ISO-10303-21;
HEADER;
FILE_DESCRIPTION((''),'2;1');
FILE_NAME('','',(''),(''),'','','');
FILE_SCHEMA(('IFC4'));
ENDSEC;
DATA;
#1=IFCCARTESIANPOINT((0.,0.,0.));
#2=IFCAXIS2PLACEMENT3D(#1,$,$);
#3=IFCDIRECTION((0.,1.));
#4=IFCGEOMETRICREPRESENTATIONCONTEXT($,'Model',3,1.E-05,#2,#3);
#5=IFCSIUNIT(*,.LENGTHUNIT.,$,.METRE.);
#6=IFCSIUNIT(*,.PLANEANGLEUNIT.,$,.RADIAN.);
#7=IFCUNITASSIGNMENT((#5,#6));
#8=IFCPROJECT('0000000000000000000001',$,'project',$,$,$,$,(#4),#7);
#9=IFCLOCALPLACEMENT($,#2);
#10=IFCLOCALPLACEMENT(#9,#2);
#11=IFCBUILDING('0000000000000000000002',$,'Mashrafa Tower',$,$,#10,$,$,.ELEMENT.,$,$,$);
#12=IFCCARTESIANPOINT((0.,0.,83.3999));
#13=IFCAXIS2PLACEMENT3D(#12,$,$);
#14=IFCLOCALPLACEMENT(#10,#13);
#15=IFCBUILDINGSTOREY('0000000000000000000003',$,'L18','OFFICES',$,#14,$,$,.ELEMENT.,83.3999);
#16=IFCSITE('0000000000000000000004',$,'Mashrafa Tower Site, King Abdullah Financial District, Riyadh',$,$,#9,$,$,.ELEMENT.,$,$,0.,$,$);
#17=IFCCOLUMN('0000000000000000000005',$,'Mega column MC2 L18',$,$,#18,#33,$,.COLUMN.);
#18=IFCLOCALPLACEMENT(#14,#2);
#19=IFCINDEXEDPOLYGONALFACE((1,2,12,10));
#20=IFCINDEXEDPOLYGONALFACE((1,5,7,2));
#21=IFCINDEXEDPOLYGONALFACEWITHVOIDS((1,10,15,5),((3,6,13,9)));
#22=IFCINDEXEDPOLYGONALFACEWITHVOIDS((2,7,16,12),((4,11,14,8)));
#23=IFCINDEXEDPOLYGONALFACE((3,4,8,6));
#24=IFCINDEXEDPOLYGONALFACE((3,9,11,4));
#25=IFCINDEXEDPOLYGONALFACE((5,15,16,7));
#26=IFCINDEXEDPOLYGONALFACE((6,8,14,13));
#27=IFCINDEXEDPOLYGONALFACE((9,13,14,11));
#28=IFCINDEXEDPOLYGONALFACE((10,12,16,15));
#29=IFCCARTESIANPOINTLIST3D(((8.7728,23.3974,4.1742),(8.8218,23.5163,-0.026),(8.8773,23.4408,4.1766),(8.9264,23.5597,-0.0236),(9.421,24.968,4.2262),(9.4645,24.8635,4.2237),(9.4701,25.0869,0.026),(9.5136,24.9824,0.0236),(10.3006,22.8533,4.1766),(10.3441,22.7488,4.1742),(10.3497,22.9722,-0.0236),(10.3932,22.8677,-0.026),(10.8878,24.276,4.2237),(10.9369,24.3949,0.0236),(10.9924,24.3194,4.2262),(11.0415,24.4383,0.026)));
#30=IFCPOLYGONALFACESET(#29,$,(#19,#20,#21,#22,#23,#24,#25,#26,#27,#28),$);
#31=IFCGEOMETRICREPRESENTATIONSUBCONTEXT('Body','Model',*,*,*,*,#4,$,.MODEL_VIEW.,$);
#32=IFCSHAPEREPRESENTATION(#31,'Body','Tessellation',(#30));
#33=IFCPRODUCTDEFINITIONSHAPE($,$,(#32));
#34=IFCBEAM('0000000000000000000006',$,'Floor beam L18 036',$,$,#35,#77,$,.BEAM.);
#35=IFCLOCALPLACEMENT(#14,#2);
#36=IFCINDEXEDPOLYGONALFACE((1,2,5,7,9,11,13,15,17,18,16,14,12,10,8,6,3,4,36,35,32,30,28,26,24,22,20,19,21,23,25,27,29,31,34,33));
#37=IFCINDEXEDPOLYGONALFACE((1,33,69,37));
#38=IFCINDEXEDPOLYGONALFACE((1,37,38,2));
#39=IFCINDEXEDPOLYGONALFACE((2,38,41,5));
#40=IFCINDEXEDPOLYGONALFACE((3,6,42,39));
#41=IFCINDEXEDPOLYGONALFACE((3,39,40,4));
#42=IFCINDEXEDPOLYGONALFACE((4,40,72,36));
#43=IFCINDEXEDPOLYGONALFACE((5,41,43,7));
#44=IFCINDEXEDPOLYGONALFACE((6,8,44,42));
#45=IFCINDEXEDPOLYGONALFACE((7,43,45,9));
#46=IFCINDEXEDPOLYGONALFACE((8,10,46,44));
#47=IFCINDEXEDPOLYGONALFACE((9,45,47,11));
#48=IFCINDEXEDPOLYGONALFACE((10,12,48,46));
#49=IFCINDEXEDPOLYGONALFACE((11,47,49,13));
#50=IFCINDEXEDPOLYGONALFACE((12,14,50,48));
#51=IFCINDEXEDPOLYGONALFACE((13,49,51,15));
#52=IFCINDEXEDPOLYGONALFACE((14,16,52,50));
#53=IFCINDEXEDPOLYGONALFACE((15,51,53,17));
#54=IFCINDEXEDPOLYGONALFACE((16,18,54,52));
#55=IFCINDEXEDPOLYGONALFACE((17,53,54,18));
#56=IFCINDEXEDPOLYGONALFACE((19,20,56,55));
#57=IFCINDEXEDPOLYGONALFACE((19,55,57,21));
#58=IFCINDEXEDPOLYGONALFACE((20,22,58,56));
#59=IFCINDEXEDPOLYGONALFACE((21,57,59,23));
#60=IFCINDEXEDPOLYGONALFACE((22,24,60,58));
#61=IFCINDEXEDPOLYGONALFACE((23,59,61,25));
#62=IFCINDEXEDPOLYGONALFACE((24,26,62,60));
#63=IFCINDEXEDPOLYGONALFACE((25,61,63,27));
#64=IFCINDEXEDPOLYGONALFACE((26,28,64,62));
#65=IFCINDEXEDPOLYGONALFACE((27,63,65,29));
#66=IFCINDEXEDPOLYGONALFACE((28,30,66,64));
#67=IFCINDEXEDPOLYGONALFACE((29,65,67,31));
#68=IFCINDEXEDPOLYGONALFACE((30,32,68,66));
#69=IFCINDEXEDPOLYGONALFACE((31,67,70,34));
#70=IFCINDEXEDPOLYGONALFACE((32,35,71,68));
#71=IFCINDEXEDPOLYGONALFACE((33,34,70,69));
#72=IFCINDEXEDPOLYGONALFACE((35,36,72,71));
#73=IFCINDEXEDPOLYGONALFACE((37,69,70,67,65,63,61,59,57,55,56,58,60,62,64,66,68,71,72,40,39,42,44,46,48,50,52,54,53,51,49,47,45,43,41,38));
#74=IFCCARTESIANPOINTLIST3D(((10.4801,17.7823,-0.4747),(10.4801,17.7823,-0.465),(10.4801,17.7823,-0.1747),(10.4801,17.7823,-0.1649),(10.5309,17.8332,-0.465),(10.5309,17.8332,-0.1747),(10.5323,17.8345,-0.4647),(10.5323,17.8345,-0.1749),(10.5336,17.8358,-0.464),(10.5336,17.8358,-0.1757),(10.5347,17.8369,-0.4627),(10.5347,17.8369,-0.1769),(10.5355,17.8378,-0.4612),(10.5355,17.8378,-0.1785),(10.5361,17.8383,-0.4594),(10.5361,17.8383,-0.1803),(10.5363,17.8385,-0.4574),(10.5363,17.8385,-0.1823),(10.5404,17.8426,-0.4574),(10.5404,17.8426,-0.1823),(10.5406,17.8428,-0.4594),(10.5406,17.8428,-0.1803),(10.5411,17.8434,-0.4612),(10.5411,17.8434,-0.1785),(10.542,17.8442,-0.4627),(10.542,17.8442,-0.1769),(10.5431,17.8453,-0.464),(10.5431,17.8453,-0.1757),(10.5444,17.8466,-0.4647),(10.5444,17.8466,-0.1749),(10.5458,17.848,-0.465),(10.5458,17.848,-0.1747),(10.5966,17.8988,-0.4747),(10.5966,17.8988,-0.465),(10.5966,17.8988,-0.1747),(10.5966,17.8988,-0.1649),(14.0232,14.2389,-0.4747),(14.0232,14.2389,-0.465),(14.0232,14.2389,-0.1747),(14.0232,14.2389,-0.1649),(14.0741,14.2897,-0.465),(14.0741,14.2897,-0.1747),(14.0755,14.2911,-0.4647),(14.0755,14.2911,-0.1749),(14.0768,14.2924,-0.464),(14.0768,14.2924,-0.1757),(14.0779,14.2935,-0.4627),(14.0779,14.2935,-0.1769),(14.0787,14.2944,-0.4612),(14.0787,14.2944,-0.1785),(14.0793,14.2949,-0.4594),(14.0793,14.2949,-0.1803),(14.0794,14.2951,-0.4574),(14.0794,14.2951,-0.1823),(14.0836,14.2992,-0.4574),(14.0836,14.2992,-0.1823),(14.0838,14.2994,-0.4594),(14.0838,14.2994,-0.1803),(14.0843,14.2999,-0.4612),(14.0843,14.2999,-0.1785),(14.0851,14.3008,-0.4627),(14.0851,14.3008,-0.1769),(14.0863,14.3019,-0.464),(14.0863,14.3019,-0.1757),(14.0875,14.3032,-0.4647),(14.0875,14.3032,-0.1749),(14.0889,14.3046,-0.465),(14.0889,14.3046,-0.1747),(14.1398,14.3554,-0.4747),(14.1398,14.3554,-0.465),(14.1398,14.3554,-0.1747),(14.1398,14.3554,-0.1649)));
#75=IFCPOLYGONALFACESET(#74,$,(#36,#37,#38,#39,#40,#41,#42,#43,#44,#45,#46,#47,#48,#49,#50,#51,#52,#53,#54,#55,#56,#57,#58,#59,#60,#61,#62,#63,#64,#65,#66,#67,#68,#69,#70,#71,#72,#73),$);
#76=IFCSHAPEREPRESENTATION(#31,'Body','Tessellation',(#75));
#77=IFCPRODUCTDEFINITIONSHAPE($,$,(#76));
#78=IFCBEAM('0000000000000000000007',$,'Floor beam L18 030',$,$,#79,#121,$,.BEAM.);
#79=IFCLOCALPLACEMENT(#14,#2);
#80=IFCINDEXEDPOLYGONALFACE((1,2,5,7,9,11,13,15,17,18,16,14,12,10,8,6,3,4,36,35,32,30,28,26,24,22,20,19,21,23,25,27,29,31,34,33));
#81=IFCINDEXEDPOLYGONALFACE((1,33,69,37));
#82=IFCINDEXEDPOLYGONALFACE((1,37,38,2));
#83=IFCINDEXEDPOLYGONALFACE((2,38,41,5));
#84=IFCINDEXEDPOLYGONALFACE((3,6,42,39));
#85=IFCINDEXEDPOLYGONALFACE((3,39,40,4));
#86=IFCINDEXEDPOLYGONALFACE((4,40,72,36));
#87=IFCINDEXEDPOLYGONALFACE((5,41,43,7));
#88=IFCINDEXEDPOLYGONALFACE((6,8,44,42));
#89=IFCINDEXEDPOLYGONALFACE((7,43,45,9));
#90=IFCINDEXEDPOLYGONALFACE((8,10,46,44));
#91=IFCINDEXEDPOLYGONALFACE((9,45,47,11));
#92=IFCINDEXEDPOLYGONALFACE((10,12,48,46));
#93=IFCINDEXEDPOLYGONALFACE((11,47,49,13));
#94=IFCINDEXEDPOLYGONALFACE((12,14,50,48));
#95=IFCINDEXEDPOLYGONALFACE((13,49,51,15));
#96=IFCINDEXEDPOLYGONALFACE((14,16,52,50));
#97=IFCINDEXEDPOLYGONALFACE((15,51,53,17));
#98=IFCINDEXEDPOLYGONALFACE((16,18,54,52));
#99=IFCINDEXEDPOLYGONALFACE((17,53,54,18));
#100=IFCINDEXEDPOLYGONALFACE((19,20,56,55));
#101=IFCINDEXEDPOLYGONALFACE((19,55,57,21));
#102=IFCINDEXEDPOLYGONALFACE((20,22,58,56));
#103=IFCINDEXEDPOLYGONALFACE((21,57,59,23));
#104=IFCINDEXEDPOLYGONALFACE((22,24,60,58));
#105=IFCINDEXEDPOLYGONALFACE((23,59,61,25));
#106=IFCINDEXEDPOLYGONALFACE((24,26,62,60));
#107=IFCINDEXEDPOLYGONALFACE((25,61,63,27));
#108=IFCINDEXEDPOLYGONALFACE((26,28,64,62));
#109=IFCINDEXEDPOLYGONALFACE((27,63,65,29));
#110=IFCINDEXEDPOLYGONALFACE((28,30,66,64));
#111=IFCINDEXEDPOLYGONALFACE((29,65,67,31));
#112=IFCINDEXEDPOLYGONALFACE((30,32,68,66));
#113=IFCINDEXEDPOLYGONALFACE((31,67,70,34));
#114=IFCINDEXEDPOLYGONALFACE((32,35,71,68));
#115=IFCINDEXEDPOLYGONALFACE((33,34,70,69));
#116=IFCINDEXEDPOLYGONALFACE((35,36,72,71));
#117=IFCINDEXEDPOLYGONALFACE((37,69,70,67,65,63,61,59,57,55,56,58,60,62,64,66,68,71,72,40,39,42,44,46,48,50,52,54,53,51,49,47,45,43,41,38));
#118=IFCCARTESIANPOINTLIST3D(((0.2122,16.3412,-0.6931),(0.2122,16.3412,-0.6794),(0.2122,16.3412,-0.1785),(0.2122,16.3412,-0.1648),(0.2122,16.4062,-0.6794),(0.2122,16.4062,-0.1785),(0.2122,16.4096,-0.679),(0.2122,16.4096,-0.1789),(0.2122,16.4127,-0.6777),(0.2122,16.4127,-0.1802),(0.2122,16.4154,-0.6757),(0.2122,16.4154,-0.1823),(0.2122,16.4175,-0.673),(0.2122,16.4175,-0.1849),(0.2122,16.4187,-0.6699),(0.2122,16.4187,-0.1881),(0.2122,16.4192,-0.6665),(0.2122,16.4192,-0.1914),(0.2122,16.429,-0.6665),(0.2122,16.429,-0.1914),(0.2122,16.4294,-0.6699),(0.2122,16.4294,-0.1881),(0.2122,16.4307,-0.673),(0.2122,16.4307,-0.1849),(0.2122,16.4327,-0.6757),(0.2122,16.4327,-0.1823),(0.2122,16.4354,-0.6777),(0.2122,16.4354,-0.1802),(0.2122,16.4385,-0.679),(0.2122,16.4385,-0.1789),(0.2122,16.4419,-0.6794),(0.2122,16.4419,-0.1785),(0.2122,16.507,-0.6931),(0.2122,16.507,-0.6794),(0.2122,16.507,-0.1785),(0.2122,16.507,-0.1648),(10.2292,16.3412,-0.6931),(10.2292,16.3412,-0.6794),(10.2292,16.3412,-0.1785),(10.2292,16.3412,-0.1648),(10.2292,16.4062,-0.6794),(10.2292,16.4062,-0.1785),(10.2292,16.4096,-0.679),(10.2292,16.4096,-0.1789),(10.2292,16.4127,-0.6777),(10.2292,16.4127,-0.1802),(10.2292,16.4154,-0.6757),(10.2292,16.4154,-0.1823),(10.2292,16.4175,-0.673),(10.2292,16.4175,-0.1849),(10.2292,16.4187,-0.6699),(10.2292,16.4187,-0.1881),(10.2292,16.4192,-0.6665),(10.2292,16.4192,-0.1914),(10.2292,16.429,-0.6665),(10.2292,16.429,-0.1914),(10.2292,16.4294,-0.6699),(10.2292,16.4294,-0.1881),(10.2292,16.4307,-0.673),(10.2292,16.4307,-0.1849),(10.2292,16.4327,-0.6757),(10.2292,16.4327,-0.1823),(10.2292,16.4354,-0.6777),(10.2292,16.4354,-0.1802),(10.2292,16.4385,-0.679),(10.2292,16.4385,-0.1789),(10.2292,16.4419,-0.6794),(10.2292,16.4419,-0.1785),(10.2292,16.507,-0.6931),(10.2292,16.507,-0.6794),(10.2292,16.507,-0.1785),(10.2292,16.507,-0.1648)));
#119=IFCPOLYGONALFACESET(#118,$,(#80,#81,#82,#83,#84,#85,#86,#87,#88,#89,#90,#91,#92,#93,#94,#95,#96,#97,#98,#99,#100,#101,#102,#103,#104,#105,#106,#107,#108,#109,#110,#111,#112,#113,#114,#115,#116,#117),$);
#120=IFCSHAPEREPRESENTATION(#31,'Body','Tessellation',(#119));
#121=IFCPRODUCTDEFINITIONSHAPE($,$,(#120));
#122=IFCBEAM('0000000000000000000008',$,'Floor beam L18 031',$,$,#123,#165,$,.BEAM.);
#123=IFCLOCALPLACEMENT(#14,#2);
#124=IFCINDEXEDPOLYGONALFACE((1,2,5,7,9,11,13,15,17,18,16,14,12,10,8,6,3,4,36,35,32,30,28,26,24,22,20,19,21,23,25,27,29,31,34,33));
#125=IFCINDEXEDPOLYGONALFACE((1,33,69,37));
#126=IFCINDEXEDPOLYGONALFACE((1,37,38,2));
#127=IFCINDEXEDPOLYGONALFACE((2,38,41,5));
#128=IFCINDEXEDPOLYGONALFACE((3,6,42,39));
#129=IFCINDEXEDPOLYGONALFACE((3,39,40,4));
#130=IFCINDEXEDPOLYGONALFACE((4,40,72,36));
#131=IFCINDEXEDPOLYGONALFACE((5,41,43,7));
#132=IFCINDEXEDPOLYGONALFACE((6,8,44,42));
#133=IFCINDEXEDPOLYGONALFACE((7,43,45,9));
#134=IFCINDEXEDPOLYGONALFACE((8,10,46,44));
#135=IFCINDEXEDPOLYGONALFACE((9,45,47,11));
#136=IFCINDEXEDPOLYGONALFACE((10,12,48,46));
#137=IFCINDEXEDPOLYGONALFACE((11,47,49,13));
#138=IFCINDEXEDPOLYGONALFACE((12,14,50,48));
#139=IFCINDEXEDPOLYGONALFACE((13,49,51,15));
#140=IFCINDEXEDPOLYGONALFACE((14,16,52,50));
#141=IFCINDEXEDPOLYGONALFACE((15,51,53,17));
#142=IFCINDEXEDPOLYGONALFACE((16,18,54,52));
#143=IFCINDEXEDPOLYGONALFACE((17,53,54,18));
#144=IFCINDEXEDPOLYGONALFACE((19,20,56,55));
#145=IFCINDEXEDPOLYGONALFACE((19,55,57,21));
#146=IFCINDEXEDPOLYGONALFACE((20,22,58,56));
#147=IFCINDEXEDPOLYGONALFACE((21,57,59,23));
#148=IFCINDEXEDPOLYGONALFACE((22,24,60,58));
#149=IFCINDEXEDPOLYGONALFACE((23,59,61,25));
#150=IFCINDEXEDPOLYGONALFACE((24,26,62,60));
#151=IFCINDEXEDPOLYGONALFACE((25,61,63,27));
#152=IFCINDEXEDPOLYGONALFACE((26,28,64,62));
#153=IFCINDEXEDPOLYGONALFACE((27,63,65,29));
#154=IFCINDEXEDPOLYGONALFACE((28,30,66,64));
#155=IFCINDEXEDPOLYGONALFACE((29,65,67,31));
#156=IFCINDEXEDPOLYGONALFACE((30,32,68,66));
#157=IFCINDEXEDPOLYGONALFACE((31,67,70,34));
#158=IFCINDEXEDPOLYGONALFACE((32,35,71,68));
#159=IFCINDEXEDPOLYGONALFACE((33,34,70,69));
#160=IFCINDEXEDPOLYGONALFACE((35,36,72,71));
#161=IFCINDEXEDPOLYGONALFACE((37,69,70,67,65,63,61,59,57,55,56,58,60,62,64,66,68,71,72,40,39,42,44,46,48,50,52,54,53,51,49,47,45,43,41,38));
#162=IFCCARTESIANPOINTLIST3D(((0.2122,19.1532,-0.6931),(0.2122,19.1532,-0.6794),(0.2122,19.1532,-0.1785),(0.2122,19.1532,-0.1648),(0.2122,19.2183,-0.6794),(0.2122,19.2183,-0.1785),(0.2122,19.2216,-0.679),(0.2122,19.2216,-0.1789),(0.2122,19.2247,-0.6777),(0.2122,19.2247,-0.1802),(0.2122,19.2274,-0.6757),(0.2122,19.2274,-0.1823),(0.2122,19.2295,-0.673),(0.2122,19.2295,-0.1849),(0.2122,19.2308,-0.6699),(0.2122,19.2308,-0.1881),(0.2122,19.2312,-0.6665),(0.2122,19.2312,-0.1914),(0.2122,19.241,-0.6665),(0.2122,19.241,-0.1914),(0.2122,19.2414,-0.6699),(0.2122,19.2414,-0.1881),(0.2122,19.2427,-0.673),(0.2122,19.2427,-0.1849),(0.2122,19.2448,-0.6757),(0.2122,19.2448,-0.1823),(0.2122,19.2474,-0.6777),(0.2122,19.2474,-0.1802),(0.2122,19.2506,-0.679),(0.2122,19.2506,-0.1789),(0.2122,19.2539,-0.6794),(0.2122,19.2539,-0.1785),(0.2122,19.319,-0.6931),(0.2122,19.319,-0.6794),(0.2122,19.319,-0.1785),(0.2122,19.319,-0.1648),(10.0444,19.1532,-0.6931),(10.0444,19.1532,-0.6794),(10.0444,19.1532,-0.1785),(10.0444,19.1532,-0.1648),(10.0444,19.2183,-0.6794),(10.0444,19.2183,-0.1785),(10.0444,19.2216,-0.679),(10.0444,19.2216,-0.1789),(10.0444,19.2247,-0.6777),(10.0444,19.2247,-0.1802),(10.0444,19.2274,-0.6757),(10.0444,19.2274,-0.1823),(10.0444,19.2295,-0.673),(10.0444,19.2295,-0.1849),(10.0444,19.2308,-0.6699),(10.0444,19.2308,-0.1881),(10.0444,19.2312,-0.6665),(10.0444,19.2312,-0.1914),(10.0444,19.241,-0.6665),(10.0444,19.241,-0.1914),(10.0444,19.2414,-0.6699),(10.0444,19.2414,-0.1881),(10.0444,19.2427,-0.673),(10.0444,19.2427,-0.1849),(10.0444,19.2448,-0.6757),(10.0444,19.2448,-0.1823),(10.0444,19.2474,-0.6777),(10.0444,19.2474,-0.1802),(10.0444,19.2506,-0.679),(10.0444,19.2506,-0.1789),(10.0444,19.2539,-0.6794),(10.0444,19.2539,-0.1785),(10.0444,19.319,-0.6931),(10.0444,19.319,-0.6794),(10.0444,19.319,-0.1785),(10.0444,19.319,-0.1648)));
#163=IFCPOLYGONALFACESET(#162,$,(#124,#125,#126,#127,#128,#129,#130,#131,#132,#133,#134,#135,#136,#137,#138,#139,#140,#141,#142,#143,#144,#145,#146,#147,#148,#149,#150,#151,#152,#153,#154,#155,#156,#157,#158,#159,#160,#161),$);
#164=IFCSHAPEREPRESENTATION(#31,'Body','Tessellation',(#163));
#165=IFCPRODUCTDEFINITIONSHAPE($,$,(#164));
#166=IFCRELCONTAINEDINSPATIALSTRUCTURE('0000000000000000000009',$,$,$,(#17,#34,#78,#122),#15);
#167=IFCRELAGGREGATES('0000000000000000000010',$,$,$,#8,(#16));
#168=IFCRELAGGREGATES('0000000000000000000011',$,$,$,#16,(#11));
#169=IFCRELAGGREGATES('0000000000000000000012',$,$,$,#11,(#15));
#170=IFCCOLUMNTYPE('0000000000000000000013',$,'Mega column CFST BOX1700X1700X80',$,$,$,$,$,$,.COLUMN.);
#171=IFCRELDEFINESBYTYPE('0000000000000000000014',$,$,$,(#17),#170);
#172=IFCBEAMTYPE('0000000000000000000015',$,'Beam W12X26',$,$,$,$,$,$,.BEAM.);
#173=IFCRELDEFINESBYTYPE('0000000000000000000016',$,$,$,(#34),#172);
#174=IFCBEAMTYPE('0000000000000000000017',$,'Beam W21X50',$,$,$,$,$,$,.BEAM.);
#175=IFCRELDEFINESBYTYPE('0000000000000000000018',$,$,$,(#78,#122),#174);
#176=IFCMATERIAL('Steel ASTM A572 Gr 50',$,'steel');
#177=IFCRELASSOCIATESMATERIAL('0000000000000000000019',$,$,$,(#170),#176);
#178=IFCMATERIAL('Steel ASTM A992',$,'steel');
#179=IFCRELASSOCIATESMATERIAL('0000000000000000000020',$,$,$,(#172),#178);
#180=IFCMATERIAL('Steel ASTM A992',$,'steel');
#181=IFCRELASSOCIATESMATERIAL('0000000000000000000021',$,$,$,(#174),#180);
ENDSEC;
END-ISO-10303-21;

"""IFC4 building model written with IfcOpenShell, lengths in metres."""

from ifc_helpers import new_model, si_unit, direction, frame, origin, origin_2d, place, context, subcontext, project, spatial, hollow_rectangle, i_section, extrude, material, material_profile, profile_set, type_object, element, save


model = new_model("IFC4")

# Units and contexts
model_context = context("Model", 3, precision=1e-05, world=origin(), true_north=direction((0.0, 1.0)))
body_context = subcontext(model_context, "Body", "Model", "MODEL_VIEW")
ifc_project = project(units=[si_unit("LENGTHUNIT", "METRE"), si_unit("PLANEANGLEUNIT", "RADIAN")], contexts=[model_context])

# Site, building, storey
site_placement = place(None, origin())
site = spatial("IfcSite", under=ifc_project, at=site_placement, Name="Mashrafa Tower Site, King Abdullah Financial District, Riyadh", CompositionType="ELEMENT", RefElevation=0.0)
building_placement = place(site_placement, origin())
building = spatial("IfcBuilding", under=site, at=building_placement, Name="Mashrafa Tower", CompositionType="ELEMENT")
storey_placement = place(building_placement, frame((0.0, 0.0, 83.3999)))
storey = spatial("IfcBuildingStorey", under=building, at=storey_placement, Name="L18", Description="OFFICES", CompositionType="ELEMENT", Elevation=83.3999)

# Column
ifc_material_1 = material(Name="Steel ASTM A572 Gr 50", Category="steel")
ifc_material_profile_1 = material_profile(ifc_material_1, hollow_rectangle(XDim=1.7, YDim=1.7, WallThickness=0.0801, at=origin_2d()), Name="BOX1700X1700X80")
ifc_profile_set_1 = profile_set([ifc_material_profile_1], Name="Steel ASTM A572 Gr 50")
column_type = type_object("IfcColumnType", Name="Mega column CFST BOX1700X1700X80", PredefinedType="COLUMN", material=ifc_profile_set_1)
column_placement = place(storey_placement, frame((9.9316, 23.9773, 0.0), z_axis=(-0.011678, -0.028294, 0.999531), x_axis=(0.924363, -0.381513, 0.0)))
element("IfcColumn", 1, at=column_placement, inside=storey, type_object=column_type, Name="Mega column MC2 L18", PredefinedType="COLUMN", context=body_context, shape_type="SweptSolid", body=[
    extrude(hollow_rectangle(XDim=1.7, YDim=1.7, WallThickness=0.0801, at=origin_2d()), origin(), (0.0, 0.0, 1.0), 4.2021),
])

# Beams
ifc_material_2 = material(Name="Steel ASTM A992", Category="steel")
ifc_material_profile_2 = material_profile(ifc_material_2, i_section(OverallWidth=0.1648, OverallDepth=0.3098, WebThickness=0.0059, FlangeThickness=0.0098, FilletRadius=0.0076, at=origin_2d()), Name="W12X26")
ifc_profile_set_2 = profile_set([ifc_material_profile_2], Name="Steel ASTM A992")
beam_type_1 = type_object("IfcBeamType", Name="Beam W12X26", PredefinedType="BEAM", material=ifc_profile_set_2)
beam_1_placement = place(storey_placement, frame((10.5383, 17.8406, -0.3198), z_axis=(0.707082, -0.707131, 0.0), x_axis=(0.707131, 0.707082, 0.0)))
element("IfcBeam", 2, at=beam_1_placement, inside=storey, type_object=beam_type_1, Name="Floor beam L18 036", PredefinedType="BEAM", context=body_context, shape_type="SweptSolid", body=[
    extrude(i_section(OverallWidth=0.1648, OverallDepth=0.3098, WebThickness=0.0059, FlangeThickness=0.0098, FilletRadius=0.0076, at=origin_2d()), origin(), (0.0, 0.0, 1.0), 5.011),
])
ifc_material_3 = material(Name="Steel ASTM A992", Category="steel")
ifc_material_profile_3 = material_profile(ifc_material_3, i_section(OverallWidth=0.1658, OverallDepth=0.5283, WebThickness=0.0098, FlangeThickness=0.0137, FilletRadius=0.0129, at=origin_2d()), Name="W21X50")
ifc_profile_set_3 = profile_set([ifc_material_profile_3], Name="Steel ASTM A992")
beam_type_2 = type_object("IfcBeamType", Name="Beam W21X50", PredefinedType="BEAM", material=ifc_profile_set_3)
beam_2_placement = place(storey_placement, frame((0.2122, 16.4241, -0.429), z_axis=(1.0, 0.0, 0.0), x_axis=(0.0, 1.0, 0.0)))
element("IfcBeam", 3, at=beam_2_placement, inside=storey, type_object=beam_type_2, Name="Floor beam L18 030", PredefinedType="BEAM", context=body_context, shape_type="SweptSolid", body=[
    extrude(i_section(OverallWidth=0.1658, OverallDepth=0.5283, WebThickness=0.0098, FlangeThickness=0.0137, FilletRadius=0.0129, at=origin_2d()), origin(), (0.0, 0.0, 1.0), 10.0171),
])
beam_3_placement = place(storey_placement, frame((0.2122, 19.2361, -0.429), z_axis=(1.0, 0.0, 0.0), x_axis=(0.0, 1.0, 0.0)))
element("IfcBeam", 4, at=beam_3_placement, inside=storey, type_object=beam_type_2, Name="Floor beam L18 031", PredefinedType="BEAM", context=body_context, shape_type="SweptSolid", body=[
    extrude(i_section(OverallWidth=0.1658, OverallDepth=0.5283, WebThickness=0.0098, FlangeThickness=0.0137, FilletRadius=0.0129, at=origin_2d()), origin(), (0.0, 0.0, 1.0), 9.8323),
])

save(model, "model.ifc")
